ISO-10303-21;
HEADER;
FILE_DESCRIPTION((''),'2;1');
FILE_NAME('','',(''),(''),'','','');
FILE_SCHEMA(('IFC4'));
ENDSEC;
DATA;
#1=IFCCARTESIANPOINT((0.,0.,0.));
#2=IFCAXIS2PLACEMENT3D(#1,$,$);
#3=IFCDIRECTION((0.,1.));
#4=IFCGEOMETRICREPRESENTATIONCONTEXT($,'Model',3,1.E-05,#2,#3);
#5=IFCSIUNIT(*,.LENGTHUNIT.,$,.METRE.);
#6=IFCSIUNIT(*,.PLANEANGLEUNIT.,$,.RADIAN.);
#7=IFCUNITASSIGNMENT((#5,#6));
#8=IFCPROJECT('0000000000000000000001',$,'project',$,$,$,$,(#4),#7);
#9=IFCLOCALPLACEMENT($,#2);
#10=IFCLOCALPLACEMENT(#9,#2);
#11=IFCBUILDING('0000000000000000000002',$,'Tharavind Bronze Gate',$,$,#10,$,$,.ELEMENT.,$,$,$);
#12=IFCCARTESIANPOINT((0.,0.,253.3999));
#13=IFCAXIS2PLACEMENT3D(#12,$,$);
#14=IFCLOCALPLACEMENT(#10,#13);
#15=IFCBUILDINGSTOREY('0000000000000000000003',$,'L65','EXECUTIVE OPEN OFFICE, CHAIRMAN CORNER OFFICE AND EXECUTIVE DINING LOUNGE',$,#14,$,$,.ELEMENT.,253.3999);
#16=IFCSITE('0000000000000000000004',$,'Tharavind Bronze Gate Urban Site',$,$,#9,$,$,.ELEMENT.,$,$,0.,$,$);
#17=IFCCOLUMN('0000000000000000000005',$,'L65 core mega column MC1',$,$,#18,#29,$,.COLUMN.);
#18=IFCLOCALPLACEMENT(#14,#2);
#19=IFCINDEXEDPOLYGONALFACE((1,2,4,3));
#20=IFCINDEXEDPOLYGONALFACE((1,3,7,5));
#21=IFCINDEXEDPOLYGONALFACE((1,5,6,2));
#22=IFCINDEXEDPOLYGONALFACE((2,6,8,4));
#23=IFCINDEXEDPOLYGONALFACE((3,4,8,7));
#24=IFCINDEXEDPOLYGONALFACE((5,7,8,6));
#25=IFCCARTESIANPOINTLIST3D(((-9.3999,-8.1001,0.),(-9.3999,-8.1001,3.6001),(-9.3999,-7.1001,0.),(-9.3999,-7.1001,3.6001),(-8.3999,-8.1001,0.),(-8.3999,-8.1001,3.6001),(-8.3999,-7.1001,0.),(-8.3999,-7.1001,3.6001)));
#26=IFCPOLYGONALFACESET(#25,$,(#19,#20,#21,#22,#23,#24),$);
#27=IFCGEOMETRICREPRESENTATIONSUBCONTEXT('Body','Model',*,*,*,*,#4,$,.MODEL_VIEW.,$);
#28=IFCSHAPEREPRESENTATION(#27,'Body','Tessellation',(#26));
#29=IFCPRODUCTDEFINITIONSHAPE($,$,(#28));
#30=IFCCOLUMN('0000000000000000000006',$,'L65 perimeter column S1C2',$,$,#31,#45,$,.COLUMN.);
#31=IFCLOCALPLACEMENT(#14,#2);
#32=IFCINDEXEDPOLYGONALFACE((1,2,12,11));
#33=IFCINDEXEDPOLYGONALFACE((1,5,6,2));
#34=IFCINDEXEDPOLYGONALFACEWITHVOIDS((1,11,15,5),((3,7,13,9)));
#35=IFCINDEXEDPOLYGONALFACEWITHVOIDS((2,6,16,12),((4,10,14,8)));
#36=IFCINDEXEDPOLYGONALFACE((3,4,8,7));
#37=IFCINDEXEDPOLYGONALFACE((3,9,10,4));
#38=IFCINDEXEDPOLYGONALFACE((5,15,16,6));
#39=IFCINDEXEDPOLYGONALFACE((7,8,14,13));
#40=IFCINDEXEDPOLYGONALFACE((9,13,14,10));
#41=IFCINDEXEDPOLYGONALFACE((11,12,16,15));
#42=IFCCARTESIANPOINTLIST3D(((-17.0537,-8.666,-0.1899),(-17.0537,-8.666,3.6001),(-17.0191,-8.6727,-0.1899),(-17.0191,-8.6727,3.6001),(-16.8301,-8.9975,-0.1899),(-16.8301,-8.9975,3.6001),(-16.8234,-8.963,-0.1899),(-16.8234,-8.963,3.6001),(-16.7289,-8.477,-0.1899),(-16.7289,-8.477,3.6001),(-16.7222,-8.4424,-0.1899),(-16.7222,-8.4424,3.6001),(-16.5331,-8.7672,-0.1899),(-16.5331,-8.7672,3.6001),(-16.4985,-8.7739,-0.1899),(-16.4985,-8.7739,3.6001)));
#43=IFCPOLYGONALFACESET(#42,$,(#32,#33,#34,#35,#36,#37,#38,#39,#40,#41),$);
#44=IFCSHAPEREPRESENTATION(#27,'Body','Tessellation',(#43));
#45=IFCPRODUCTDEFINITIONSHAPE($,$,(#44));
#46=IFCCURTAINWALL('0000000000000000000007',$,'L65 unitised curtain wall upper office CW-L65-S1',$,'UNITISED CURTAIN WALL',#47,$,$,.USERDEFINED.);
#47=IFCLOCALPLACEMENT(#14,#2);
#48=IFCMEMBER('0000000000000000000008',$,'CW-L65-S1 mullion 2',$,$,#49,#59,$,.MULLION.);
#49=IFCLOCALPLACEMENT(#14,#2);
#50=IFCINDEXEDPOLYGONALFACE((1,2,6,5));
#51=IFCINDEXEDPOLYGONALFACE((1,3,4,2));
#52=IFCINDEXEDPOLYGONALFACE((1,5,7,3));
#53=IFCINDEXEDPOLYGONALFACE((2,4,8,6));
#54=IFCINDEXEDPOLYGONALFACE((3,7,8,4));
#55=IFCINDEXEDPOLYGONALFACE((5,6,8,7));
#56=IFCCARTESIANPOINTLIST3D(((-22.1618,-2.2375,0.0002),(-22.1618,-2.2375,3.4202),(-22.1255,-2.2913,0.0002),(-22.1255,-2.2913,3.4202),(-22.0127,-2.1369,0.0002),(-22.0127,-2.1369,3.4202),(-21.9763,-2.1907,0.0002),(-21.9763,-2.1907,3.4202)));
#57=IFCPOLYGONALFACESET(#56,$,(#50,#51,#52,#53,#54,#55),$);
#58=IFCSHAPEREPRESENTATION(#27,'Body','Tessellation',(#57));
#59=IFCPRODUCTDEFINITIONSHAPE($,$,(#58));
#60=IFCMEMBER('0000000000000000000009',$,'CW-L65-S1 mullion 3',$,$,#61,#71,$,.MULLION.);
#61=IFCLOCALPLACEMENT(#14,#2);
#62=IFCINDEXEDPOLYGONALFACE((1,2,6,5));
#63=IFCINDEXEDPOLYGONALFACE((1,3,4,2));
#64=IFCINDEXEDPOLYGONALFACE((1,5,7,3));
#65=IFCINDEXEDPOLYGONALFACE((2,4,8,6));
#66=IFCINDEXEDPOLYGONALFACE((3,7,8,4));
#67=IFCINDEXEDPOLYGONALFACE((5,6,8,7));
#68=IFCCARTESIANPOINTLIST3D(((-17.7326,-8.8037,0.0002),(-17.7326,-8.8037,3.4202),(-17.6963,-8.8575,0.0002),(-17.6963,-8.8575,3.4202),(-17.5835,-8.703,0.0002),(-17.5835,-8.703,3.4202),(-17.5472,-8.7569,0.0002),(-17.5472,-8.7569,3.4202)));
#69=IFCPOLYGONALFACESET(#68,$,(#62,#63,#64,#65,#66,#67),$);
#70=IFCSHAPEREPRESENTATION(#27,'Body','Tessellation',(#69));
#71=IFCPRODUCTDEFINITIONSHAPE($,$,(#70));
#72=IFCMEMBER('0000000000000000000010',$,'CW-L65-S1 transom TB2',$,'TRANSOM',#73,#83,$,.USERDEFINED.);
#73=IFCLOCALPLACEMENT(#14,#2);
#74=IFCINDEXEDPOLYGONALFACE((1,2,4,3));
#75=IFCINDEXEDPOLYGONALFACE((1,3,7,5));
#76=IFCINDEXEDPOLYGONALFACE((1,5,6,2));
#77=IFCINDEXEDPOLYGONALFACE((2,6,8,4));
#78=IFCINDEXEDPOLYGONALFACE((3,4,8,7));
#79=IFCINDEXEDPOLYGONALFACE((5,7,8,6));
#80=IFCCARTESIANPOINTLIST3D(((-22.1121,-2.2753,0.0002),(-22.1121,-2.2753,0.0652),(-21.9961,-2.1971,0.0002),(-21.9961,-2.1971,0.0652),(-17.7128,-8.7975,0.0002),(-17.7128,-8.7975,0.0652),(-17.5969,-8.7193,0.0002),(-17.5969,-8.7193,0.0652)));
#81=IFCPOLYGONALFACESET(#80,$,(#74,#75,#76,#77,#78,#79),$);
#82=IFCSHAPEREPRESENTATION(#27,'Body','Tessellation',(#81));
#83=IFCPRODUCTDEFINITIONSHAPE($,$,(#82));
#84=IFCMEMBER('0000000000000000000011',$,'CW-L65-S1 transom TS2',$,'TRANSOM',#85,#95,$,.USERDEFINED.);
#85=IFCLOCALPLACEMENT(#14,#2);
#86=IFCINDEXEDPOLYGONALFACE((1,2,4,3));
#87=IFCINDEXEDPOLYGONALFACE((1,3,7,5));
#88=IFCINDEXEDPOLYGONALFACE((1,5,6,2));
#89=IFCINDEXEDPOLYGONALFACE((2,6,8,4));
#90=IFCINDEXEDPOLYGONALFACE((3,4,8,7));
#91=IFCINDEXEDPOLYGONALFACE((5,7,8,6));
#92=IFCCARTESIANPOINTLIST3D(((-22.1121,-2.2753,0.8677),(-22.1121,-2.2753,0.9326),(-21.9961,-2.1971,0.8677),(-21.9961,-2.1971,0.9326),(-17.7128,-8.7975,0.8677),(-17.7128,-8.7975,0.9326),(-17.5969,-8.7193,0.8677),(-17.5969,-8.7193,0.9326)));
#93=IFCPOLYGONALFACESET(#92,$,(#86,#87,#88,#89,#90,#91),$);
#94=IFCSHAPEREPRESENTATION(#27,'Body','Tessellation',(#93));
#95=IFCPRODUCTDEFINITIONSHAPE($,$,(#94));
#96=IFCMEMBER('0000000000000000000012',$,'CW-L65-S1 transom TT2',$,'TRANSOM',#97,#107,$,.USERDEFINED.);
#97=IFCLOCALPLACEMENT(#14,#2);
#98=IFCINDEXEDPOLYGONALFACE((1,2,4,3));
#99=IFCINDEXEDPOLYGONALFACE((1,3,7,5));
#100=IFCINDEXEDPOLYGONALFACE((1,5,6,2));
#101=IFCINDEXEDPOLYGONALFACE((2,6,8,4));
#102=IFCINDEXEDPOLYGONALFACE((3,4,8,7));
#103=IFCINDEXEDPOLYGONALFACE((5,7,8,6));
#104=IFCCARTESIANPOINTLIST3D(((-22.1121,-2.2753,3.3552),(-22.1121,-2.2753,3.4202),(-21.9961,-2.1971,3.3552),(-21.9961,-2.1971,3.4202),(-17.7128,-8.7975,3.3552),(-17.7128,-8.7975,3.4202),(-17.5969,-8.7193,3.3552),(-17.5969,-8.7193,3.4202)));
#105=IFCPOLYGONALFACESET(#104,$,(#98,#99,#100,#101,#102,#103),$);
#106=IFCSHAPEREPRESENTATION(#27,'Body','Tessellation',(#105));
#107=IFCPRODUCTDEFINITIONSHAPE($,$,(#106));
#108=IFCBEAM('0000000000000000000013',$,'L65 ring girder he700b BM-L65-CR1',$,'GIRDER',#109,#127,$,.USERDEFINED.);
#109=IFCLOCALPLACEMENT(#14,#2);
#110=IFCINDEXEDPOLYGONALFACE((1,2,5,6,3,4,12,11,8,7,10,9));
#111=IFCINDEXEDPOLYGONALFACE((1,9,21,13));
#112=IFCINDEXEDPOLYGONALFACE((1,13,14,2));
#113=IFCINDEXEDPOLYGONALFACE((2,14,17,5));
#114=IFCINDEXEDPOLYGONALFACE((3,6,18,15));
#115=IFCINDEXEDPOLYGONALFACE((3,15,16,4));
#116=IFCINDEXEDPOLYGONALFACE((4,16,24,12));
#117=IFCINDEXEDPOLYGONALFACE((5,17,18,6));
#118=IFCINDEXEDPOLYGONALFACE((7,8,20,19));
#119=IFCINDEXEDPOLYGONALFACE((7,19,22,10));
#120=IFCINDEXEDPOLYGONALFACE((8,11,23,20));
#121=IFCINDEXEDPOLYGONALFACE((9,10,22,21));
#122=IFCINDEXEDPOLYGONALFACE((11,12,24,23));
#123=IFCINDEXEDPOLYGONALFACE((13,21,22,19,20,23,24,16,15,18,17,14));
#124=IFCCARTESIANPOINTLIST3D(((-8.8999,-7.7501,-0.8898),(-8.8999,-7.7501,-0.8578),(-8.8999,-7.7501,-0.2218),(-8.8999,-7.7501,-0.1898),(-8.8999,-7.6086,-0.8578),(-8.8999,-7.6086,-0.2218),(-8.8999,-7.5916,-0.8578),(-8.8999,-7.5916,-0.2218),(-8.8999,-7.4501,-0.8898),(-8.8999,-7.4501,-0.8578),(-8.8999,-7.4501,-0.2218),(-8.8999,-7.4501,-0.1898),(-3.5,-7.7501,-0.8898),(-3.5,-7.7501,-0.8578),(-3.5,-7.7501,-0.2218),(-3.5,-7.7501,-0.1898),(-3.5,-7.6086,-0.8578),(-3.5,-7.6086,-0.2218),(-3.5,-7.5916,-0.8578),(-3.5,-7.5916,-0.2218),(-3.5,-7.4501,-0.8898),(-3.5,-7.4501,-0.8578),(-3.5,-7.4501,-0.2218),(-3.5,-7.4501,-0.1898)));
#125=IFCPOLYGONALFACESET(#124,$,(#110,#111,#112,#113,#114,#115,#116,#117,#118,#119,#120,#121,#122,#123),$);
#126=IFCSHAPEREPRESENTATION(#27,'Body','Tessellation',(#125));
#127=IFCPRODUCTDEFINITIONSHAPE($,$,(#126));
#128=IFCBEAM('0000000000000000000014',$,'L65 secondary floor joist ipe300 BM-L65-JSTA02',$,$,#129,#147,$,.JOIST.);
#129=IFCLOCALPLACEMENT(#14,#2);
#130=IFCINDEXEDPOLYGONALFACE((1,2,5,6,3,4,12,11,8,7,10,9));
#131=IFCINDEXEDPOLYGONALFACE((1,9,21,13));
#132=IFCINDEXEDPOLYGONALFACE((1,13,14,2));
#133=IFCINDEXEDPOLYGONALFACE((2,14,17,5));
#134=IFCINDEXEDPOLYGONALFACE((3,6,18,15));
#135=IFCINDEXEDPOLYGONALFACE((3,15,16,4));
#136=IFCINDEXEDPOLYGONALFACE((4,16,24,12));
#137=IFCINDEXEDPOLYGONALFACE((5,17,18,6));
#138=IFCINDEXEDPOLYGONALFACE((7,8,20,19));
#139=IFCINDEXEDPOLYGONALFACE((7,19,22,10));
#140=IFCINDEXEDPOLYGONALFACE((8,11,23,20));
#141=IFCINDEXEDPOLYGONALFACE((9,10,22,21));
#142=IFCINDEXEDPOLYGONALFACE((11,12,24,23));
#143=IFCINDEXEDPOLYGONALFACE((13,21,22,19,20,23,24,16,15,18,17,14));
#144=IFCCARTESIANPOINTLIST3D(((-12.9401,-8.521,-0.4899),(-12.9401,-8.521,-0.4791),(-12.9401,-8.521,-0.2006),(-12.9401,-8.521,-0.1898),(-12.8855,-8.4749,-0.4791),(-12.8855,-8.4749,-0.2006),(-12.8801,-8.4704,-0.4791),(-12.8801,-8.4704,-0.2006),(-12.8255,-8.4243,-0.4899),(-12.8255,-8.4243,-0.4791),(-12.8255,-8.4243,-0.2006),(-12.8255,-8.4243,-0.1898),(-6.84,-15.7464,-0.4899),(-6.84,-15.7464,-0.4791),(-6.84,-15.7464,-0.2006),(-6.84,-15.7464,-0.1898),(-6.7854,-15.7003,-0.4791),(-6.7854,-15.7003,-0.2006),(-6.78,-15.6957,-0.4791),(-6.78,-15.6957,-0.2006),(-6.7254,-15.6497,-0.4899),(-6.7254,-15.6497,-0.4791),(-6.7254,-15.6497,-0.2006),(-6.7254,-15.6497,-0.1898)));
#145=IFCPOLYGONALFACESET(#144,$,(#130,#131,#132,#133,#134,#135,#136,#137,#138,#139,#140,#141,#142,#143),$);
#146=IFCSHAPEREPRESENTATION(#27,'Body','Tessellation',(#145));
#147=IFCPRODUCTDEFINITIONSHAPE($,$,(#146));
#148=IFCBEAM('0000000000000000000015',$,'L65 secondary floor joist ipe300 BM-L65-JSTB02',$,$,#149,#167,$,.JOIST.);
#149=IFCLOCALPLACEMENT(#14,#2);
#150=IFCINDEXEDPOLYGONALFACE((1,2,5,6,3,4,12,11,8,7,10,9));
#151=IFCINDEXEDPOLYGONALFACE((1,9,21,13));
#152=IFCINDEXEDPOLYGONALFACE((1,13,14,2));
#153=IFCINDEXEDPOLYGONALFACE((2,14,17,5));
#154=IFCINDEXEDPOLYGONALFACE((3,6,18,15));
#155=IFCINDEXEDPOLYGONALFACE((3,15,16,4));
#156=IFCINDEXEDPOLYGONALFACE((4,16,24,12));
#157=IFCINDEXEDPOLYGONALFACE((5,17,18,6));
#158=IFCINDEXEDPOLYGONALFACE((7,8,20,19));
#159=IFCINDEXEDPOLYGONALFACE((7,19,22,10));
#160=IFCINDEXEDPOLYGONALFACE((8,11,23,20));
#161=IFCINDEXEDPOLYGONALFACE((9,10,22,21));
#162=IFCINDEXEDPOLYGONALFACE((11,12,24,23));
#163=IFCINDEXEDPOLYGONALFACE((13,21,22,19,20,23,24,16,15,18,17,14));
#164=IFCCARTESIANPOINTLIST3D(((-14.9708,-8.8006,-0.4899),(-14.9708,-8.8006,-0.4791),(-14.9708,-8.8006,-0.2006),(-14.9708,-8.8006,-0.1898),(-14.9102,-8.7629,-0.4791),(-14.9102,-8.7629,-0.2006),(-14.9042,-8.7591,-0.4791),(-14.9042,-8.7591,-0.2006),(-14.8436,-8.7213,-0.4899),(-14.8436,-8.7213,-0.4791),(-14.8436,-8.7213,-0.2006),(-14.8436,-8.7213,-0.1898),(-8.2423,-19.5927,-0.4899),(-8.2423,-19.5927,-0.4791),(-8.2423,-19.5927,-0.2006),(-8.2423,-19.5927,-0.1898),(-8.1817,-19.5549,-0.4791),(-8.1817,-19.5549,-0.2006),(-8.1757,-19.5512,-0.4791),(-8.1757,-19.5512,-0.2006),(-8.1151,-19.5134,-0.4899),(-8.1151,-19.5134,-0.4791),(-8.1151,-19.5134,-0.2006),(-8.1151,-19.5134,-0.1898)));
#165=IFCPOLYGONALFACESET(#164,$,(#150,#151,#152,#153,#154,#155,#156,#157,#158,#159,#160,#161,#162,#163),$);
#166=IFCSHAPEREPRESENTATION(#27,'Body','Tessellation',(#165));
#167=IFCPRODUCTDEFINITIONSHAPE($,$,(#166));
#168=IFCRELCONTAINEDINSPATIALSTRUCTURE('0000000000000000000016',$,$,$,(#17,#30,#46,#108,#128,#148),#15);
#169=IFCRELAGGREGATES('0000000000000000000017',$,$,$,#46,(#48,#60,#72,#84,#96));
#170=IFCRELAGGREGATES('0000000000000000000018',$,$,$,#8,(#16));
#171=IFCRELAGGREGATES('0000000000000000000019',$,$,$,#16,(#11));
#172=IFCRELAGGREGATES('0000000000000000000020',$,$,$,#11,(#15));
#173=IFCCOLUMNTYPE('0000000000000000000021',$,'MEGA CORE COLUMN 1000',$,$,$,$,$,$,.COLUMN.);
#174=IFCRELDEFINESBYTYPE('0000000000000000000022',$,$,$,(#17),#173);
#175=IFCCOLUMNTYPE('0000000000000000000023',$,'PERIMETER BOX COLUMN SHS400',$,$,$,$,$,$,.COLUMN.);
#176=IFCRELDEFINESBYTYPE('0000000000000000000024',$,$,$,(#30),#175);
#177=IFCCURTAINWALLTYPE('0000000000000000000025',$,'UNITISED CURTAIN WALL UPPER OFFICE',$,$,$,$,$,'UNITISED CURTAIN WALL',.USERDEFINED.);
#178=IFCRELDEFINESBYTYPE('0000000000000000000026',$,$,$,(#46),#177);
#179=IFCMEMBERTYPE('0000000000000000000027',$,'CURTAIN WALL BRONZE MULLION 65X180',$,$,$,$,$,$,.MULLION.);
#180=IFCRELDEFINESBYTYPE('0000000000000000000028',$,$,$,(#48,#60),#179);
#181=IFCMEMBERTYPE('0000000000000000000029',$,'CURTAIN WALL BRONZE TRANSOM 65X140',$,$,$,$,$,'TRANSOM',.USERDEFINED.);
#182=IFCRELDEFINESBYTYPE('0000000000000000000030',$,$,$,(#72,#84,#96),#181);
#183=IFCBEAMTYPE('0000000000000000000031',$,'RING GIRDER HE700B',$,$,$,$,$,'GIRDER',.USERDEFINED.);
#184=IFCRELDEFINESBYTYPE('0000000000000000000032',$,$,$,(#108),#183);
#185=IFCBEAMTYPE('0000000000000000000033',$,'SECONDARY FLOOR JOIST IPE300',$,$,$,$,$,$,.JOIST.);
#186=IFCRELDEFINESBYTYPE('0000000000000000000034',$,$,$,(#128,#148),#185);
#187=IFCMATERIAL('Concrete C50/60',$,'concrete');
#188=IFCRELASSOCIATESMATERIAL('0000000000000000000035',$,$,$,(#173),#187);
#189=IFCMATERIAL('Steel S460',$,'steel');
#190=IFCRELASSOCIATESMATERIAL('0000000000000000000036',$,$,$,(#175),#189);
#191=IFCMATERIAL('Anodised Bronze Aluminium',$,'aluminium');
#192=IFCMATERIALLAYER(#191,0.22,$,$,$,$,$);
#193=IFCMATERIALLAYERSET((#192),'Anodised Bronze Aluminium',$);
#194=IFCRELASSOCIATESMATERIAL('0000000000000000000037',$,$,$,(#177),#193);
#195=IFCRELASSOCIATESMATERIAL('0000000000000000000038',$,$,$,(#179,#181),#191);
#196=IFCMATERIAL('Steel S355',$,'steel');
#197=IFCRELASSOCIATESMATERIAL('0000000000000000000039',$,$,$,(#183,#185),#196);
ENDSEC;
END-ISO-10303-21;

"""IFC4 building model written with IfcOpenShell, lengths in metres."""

from ifc_helpers import new_model, si_unit, direction, frame, origin, origin_2d, place, context, subcontext, project, spatial, rectangle, hollow_rectangle, i_section, extrude, material, layer, layer_set, material_profile, profile_set, type_object, element, aggregate, save


model = new_model("IFC4")

# Units and contexts
model_context = context("Model", 3, precision=1e-05, world=origin(), true_north=direction((0.0, 1.0)))
body_context = subcontext(model_context, "Body", "Model", "MODEL_VIEW")
ifc_project = project(units=[si_unit("LENGTHUNIT", "METRE"), si_unit("PLANEANGLEUNIT", "RADIAN")], contexts=[model_context])

# Site, building, storey
site_placement = place(None, origin())
site = spatial("IfcSite", under=ifc_project, at=site_placement, Name="Tharavind Bronze Gate Urban Site", CompositionType="ELEMENT", RefElevation=0.0)
building_placement = place(site_placement, origin())
building = spatial("IfcBuilding", under=site, at=building_placement, Name="Tharavind Bronze Gate", CompositionType="ELEMENT")
storey_placement = place(building_placement, frame((0.0, 0.0, 253.3999)))
storey = spatial("IfcBuildingStorey", under=building, at=storey_placement, Name="L65", Description="EXECUTIVE OPEN OFFICE, CHAIRMAN CORNER OFFICE AND EXECUTIVE DINING LOUNGE", CompositionType="ELEMENT", Elevation=253.3999)

# Columns
ifc_material_1 = material(Name="Concrete C50/60", Category="concrete")
ifc_material_profile_1 = material_profile(ifc_material_1, rectangle(XDim=1.0, YDim=1.0, at=origin_2d()), Name="RCCOL1000")
ifc_profile_set_1 = profile_set([ifc_material_profile_1], Name="Concrete C50/60")
column_type_1 = type_object("IfcColumnType", Name="MEGA CORE COLUMN 1000", PredefinedType="COLUMN", material=ifc_profile_set_1)
column_1_placement = place(storey_placement, frame((-8.8999, -7.6001, 0.0), z_axis=(0.0, 0.0, 1.0), x_axis=(1.0, 0.0, 0.0)))
element("IfcColumn", 1, at=column_1_placement, inside=storey, type_object=column_type_1, Name="L65 core mega column MC1", PredefinedType="COLUMN", context=body_context, shape_type="SweptSolid", body=[
    extrude(rectangle(XDim=1.0, YDim=1.0, at=origin_2d()), origin(), (0.0, 0.0, 1.0), 3.6001),
])
ifc_material_2 = material(Name="Steel S460", Category="steel")
ifc_material_profile_2 = material_profile(ifc_material_2, hollow_rectangle(XDim=0.3999, YDim=0.3999, WallThickness=0.0249, at=origin_2d()), Name="SHS400X25")
ifc_profile_set_2 = profile_set([ifc_material_profile_2], Name="Steel S460")
column_type_2 = type_object("IfcColumnType", Name="PERIMETER BOX COLUMN SHS400", PredefinedType="COLUMN", material=ifc_profile_set_2)
column_2_placement = place(storey_placement, frame((-16.7761, -8.72, -0.1899), z_axis=(0.0, 0.0, 1.0), x_axis=(-0.559193, 0.829038, 0.0)))
element("IfcColumn", 2, at=column_2_placement, inside=storey, type_object=column_type_2, Name="L65 perimeter column S1C2", PredefinedType="COLUMN", context=body_context, shape_type="SweptSolid", body=[
    extrude(hollow_rectangle(XDim=0.3999, YDim=0.3999, WallThickness=0.0249, at=origin_2d()), origin(), (0.0, 0.0, 1.0), 3.79),
])

# Curtain wall, members
ifc_material_3 = material(Name="Anodised Bronze Aluminium", Category="aluminium")
ifc_layer_1 = layer(ifc_material_3, 0.22)
ifc_layer_set_1 = layer_set([ifc_layer_1], Name="Anodised Bronze Aluminium")
curtain_wall_type = type_object("IfcCurtainWallType", Name="UNITISED CURTAIN WALL UPPER OFFICE", ElementType="UNITISED CURTAIN WALL", PredefinedType="USERDEFINED", material=ifc_layer_set_1)
curtain_wall_placement = place(storey_placement, origin())
curtain_wall = element("IfcCurtainWall", 3, at=curtain_wall_placement, inside=storey, type_object=curtain_wall_type, Name="L65 unitised curtain wall upper office CW-L65-S1", ObjectType="UNITISED CURTAIN WALL", PredefinedType="USERDEFINED")
member_type_1 = type_object("IfcMemberType", Name="CURTAIN WALL BRONZE MULLION 65X180", PredefinedType="MULLION", material=ifc_material_3)
member_1_placement = place(storey_placement, frame((-22.0691, -2.2141, 0.0002), z_axis=(0.0, 0.0, 1.0), x_axis=(0.559191, -0.829039, 0.0)))
member_1 = element("IfcMember", 4, at=member_1_placement, type_object=member_type_1, Name="CW-L65-S1 mullion 2", PredefinedType="MULLION", context=body_context, shape_type="SweptSolid", body=[
    extrude(rectangle(XDim=0.0649, YDim=0.1799, at=origin_2d()), origin(), (0.0, 0.0, 1.0), 3.4199),
])
member_2_placement = place(storey_placement, frame((-17.6399, -8.7803, 0.0002), z_axis=(0.0, 0.0, 1.0), x_axis=(0.559191, -0.829039, 0.0)))
member_2 = element("IfcMember", 5, at=member_2_placement, type_object=member_type_1, Name="CW-L65-S1 mullion 3", PredefinedType="MULLION", context=body_context, shape_type="SweptSolid", body=[
    extrude(rectangle(XDim=0.0649, YDim=0.1799, at=origin_2d()), origin(), (0.0, 0.0, 1.0), 3.4199),
])
member_type_2 = type_object("IfcMemberType", Name="CURTAIN WALL BRONZE TRANSOM 65X140", ElementType="TRANSOM", PredefinedType="USERDEFINED", material=ifc_material_3)
member_3_placement = place(storey_placement, frame((-19.8545, -5.4973, 0.0002), z_axis=(0.0, 0.0, 1.0), x_axis=(0.559191, -0.829039, 0.0)))
member_3 = element("IfcMember", 6, at=member_3_placement, type_object=member_type_2, Name="CW-L65-S1 transom TB2", ObjectType="TRANSOM", PredefinedType="USERDEFINED", context=body_context, shape_type="SweptSolid", body=[
    extrude(rectangle(XDim=7.8672, YDim=0.1399, at=origin_2d()), origin(), (0.0, 0.0, 1.0), 0.0649),
])
member_4_placement = place(storey_placement, frame((-19.8545, -5.4973, 0.8677), z_axis=(0.0, 0.0, 1.0), x_axis=(0.559191, -0.829039, 0.0)))
member_4 = element("IfcMember", 7, at=member_4_placement, type_object=member_type_2, Name="CW-L65-S1 transom TS2", ObjectType="TRANSOM", PredefinedType="USERDEFINED", context=body_context, shape_type="SweptSolid", body=[
    extrude(rectangle(XDim=7.8672, YDim=0.1399, at=origin_2d()), origin(), (0.0, 0.0, 1.0), 0.0649),
])
member_5_placement = place(storey_placement, frame((-19.8545, -5.4973, 3.3552), z_axis=(0.0, 0.0, 1.0), x_axis=(0.559191, -0.829039, 0.0)))
member_5 = element("IfcMember", 8, at=member_5_placement, type_object=member_type_2, Name="CW-L65-S1 transom TT2", ObjectType="TRANSOM", PredefinedType="USERDEFINED", context=body_context, shape_type="SweptSolid", body=[
    extrude(rectangle(XDim=7.8672, YDim=0.1399, at=origin_2d()), origin(), (0.0, 0.0, 1.0), 0.0649),
])

# Beams
ifc_material_4 = material(Name="Steel S355", Category="steel")
ifc_material_profile_3 = material_profile(ifc_material_4, i_section(OverallWidth=0.3, OverallDepth=0.7, WebThickness=0.0171, FlangeThickness=0.032, at=origin_2d()), Name="HE700B")
ifc_profile_set_3 = profile_set([ifc_material_profile_3], Name="Steel S355")
beam_type_1 = type_object("IfcBeamType", Name="RING GIRDER HE700B", ElementType="GIRDER", PredefinedType="USERDEFINED", material=ifc_profile_set_3)
beam_1_placement = place(storey_placement, frame((-8.8999, -7.6001, -0.5398), z_axis=(1.0, 0.0, 0.0), x_axis=(0.0, 1.0, 0.0)))
element("IfcBeam", 9, at=beam_1_placement, inside=storey, type_object=beam_type_1, Name="L65 ring girder he700b BM-L65-CR1", ObjectType="GIRDER", PredefinedType="USERDEFINED", context=body_context, shape_type="SweptSolid", body=[
    extrude(i_section(OverallWidth=0.3, OverallDepth=0.7, WebThickness=0.0171, FlangeThickness=0.032, at=origin_2d()), origin(), (0.0, 0.0, 1.0), 5.3999),
])
ifc_material_profile_4 = material_profile(ifc_material_4, i_section(OverallWidth=0.1499, OverallDepth=0.3, WebThickness=0.0071, FlangeThickness=0.0107, at=origin_2d()), Name="IPE300")
ifc_profile_set_4 = profile_set([ifc_material_profile_4], Name="Steel S355")
beam_type_2 = type_object("IfcBeamType", Name="SECONDARY FLOOR JOIST IPE300", PredefinedType="JOIST", material=ifc_profile_set_4)
beam_2_placement = place(storey_placement, frame((-12.8828, -8.4727, -0.3398), z_axis=(0.6451, -0.764098, 0.0), x_axis=(0.764098, 0.6451, 0.0)))
element("IfcBeam", 10, at=beam_2_placement, inside=storey, type_object=beam_type_2, Name="L65 secondary floor joist ipe300 BM-L65-JSTA02", PredefinedType="JOIST", context=body_context, shape_type="SweptSolid", body=[
    extrude(i_section(OverallWidth=0.1499, OverallDepth=0.3, WebThickness=0.0071, FlangeThickness=0.0107, at=origin_2d()), origin(), (0.0, 0.0, 1.0), 9.4561),
])
beam_3_placement = place(storey_placement, frame((-14.9072, -8.761, -0.3398), z_axis=(0.529067, -0.84858, 0.0), x_axis=(0.84858, 0.529067, 0.0)))
element("IfcBeam", 11, at=beam_3_placement, inside=storey, type_object=beam_type_2, Name="L65 secondary floor joist ipe300 BM-L65-JSTB02", PredefinedType="JOIST", context=body_context, shape_type="SweptSolid", body=[
    extrude(i_section(OverallWidth=0.1499, OverallDepth=0.3, WebThickness=0.0071, FlangeThickness=0.0107, at=origin_2d()), origin(), (0.0, 0.0, 1.0), 12.7178),
])

aggregate(curtain_wall, [member_1, member_2, member_3, member_4, member_5])

save(model, "model.ifc")
